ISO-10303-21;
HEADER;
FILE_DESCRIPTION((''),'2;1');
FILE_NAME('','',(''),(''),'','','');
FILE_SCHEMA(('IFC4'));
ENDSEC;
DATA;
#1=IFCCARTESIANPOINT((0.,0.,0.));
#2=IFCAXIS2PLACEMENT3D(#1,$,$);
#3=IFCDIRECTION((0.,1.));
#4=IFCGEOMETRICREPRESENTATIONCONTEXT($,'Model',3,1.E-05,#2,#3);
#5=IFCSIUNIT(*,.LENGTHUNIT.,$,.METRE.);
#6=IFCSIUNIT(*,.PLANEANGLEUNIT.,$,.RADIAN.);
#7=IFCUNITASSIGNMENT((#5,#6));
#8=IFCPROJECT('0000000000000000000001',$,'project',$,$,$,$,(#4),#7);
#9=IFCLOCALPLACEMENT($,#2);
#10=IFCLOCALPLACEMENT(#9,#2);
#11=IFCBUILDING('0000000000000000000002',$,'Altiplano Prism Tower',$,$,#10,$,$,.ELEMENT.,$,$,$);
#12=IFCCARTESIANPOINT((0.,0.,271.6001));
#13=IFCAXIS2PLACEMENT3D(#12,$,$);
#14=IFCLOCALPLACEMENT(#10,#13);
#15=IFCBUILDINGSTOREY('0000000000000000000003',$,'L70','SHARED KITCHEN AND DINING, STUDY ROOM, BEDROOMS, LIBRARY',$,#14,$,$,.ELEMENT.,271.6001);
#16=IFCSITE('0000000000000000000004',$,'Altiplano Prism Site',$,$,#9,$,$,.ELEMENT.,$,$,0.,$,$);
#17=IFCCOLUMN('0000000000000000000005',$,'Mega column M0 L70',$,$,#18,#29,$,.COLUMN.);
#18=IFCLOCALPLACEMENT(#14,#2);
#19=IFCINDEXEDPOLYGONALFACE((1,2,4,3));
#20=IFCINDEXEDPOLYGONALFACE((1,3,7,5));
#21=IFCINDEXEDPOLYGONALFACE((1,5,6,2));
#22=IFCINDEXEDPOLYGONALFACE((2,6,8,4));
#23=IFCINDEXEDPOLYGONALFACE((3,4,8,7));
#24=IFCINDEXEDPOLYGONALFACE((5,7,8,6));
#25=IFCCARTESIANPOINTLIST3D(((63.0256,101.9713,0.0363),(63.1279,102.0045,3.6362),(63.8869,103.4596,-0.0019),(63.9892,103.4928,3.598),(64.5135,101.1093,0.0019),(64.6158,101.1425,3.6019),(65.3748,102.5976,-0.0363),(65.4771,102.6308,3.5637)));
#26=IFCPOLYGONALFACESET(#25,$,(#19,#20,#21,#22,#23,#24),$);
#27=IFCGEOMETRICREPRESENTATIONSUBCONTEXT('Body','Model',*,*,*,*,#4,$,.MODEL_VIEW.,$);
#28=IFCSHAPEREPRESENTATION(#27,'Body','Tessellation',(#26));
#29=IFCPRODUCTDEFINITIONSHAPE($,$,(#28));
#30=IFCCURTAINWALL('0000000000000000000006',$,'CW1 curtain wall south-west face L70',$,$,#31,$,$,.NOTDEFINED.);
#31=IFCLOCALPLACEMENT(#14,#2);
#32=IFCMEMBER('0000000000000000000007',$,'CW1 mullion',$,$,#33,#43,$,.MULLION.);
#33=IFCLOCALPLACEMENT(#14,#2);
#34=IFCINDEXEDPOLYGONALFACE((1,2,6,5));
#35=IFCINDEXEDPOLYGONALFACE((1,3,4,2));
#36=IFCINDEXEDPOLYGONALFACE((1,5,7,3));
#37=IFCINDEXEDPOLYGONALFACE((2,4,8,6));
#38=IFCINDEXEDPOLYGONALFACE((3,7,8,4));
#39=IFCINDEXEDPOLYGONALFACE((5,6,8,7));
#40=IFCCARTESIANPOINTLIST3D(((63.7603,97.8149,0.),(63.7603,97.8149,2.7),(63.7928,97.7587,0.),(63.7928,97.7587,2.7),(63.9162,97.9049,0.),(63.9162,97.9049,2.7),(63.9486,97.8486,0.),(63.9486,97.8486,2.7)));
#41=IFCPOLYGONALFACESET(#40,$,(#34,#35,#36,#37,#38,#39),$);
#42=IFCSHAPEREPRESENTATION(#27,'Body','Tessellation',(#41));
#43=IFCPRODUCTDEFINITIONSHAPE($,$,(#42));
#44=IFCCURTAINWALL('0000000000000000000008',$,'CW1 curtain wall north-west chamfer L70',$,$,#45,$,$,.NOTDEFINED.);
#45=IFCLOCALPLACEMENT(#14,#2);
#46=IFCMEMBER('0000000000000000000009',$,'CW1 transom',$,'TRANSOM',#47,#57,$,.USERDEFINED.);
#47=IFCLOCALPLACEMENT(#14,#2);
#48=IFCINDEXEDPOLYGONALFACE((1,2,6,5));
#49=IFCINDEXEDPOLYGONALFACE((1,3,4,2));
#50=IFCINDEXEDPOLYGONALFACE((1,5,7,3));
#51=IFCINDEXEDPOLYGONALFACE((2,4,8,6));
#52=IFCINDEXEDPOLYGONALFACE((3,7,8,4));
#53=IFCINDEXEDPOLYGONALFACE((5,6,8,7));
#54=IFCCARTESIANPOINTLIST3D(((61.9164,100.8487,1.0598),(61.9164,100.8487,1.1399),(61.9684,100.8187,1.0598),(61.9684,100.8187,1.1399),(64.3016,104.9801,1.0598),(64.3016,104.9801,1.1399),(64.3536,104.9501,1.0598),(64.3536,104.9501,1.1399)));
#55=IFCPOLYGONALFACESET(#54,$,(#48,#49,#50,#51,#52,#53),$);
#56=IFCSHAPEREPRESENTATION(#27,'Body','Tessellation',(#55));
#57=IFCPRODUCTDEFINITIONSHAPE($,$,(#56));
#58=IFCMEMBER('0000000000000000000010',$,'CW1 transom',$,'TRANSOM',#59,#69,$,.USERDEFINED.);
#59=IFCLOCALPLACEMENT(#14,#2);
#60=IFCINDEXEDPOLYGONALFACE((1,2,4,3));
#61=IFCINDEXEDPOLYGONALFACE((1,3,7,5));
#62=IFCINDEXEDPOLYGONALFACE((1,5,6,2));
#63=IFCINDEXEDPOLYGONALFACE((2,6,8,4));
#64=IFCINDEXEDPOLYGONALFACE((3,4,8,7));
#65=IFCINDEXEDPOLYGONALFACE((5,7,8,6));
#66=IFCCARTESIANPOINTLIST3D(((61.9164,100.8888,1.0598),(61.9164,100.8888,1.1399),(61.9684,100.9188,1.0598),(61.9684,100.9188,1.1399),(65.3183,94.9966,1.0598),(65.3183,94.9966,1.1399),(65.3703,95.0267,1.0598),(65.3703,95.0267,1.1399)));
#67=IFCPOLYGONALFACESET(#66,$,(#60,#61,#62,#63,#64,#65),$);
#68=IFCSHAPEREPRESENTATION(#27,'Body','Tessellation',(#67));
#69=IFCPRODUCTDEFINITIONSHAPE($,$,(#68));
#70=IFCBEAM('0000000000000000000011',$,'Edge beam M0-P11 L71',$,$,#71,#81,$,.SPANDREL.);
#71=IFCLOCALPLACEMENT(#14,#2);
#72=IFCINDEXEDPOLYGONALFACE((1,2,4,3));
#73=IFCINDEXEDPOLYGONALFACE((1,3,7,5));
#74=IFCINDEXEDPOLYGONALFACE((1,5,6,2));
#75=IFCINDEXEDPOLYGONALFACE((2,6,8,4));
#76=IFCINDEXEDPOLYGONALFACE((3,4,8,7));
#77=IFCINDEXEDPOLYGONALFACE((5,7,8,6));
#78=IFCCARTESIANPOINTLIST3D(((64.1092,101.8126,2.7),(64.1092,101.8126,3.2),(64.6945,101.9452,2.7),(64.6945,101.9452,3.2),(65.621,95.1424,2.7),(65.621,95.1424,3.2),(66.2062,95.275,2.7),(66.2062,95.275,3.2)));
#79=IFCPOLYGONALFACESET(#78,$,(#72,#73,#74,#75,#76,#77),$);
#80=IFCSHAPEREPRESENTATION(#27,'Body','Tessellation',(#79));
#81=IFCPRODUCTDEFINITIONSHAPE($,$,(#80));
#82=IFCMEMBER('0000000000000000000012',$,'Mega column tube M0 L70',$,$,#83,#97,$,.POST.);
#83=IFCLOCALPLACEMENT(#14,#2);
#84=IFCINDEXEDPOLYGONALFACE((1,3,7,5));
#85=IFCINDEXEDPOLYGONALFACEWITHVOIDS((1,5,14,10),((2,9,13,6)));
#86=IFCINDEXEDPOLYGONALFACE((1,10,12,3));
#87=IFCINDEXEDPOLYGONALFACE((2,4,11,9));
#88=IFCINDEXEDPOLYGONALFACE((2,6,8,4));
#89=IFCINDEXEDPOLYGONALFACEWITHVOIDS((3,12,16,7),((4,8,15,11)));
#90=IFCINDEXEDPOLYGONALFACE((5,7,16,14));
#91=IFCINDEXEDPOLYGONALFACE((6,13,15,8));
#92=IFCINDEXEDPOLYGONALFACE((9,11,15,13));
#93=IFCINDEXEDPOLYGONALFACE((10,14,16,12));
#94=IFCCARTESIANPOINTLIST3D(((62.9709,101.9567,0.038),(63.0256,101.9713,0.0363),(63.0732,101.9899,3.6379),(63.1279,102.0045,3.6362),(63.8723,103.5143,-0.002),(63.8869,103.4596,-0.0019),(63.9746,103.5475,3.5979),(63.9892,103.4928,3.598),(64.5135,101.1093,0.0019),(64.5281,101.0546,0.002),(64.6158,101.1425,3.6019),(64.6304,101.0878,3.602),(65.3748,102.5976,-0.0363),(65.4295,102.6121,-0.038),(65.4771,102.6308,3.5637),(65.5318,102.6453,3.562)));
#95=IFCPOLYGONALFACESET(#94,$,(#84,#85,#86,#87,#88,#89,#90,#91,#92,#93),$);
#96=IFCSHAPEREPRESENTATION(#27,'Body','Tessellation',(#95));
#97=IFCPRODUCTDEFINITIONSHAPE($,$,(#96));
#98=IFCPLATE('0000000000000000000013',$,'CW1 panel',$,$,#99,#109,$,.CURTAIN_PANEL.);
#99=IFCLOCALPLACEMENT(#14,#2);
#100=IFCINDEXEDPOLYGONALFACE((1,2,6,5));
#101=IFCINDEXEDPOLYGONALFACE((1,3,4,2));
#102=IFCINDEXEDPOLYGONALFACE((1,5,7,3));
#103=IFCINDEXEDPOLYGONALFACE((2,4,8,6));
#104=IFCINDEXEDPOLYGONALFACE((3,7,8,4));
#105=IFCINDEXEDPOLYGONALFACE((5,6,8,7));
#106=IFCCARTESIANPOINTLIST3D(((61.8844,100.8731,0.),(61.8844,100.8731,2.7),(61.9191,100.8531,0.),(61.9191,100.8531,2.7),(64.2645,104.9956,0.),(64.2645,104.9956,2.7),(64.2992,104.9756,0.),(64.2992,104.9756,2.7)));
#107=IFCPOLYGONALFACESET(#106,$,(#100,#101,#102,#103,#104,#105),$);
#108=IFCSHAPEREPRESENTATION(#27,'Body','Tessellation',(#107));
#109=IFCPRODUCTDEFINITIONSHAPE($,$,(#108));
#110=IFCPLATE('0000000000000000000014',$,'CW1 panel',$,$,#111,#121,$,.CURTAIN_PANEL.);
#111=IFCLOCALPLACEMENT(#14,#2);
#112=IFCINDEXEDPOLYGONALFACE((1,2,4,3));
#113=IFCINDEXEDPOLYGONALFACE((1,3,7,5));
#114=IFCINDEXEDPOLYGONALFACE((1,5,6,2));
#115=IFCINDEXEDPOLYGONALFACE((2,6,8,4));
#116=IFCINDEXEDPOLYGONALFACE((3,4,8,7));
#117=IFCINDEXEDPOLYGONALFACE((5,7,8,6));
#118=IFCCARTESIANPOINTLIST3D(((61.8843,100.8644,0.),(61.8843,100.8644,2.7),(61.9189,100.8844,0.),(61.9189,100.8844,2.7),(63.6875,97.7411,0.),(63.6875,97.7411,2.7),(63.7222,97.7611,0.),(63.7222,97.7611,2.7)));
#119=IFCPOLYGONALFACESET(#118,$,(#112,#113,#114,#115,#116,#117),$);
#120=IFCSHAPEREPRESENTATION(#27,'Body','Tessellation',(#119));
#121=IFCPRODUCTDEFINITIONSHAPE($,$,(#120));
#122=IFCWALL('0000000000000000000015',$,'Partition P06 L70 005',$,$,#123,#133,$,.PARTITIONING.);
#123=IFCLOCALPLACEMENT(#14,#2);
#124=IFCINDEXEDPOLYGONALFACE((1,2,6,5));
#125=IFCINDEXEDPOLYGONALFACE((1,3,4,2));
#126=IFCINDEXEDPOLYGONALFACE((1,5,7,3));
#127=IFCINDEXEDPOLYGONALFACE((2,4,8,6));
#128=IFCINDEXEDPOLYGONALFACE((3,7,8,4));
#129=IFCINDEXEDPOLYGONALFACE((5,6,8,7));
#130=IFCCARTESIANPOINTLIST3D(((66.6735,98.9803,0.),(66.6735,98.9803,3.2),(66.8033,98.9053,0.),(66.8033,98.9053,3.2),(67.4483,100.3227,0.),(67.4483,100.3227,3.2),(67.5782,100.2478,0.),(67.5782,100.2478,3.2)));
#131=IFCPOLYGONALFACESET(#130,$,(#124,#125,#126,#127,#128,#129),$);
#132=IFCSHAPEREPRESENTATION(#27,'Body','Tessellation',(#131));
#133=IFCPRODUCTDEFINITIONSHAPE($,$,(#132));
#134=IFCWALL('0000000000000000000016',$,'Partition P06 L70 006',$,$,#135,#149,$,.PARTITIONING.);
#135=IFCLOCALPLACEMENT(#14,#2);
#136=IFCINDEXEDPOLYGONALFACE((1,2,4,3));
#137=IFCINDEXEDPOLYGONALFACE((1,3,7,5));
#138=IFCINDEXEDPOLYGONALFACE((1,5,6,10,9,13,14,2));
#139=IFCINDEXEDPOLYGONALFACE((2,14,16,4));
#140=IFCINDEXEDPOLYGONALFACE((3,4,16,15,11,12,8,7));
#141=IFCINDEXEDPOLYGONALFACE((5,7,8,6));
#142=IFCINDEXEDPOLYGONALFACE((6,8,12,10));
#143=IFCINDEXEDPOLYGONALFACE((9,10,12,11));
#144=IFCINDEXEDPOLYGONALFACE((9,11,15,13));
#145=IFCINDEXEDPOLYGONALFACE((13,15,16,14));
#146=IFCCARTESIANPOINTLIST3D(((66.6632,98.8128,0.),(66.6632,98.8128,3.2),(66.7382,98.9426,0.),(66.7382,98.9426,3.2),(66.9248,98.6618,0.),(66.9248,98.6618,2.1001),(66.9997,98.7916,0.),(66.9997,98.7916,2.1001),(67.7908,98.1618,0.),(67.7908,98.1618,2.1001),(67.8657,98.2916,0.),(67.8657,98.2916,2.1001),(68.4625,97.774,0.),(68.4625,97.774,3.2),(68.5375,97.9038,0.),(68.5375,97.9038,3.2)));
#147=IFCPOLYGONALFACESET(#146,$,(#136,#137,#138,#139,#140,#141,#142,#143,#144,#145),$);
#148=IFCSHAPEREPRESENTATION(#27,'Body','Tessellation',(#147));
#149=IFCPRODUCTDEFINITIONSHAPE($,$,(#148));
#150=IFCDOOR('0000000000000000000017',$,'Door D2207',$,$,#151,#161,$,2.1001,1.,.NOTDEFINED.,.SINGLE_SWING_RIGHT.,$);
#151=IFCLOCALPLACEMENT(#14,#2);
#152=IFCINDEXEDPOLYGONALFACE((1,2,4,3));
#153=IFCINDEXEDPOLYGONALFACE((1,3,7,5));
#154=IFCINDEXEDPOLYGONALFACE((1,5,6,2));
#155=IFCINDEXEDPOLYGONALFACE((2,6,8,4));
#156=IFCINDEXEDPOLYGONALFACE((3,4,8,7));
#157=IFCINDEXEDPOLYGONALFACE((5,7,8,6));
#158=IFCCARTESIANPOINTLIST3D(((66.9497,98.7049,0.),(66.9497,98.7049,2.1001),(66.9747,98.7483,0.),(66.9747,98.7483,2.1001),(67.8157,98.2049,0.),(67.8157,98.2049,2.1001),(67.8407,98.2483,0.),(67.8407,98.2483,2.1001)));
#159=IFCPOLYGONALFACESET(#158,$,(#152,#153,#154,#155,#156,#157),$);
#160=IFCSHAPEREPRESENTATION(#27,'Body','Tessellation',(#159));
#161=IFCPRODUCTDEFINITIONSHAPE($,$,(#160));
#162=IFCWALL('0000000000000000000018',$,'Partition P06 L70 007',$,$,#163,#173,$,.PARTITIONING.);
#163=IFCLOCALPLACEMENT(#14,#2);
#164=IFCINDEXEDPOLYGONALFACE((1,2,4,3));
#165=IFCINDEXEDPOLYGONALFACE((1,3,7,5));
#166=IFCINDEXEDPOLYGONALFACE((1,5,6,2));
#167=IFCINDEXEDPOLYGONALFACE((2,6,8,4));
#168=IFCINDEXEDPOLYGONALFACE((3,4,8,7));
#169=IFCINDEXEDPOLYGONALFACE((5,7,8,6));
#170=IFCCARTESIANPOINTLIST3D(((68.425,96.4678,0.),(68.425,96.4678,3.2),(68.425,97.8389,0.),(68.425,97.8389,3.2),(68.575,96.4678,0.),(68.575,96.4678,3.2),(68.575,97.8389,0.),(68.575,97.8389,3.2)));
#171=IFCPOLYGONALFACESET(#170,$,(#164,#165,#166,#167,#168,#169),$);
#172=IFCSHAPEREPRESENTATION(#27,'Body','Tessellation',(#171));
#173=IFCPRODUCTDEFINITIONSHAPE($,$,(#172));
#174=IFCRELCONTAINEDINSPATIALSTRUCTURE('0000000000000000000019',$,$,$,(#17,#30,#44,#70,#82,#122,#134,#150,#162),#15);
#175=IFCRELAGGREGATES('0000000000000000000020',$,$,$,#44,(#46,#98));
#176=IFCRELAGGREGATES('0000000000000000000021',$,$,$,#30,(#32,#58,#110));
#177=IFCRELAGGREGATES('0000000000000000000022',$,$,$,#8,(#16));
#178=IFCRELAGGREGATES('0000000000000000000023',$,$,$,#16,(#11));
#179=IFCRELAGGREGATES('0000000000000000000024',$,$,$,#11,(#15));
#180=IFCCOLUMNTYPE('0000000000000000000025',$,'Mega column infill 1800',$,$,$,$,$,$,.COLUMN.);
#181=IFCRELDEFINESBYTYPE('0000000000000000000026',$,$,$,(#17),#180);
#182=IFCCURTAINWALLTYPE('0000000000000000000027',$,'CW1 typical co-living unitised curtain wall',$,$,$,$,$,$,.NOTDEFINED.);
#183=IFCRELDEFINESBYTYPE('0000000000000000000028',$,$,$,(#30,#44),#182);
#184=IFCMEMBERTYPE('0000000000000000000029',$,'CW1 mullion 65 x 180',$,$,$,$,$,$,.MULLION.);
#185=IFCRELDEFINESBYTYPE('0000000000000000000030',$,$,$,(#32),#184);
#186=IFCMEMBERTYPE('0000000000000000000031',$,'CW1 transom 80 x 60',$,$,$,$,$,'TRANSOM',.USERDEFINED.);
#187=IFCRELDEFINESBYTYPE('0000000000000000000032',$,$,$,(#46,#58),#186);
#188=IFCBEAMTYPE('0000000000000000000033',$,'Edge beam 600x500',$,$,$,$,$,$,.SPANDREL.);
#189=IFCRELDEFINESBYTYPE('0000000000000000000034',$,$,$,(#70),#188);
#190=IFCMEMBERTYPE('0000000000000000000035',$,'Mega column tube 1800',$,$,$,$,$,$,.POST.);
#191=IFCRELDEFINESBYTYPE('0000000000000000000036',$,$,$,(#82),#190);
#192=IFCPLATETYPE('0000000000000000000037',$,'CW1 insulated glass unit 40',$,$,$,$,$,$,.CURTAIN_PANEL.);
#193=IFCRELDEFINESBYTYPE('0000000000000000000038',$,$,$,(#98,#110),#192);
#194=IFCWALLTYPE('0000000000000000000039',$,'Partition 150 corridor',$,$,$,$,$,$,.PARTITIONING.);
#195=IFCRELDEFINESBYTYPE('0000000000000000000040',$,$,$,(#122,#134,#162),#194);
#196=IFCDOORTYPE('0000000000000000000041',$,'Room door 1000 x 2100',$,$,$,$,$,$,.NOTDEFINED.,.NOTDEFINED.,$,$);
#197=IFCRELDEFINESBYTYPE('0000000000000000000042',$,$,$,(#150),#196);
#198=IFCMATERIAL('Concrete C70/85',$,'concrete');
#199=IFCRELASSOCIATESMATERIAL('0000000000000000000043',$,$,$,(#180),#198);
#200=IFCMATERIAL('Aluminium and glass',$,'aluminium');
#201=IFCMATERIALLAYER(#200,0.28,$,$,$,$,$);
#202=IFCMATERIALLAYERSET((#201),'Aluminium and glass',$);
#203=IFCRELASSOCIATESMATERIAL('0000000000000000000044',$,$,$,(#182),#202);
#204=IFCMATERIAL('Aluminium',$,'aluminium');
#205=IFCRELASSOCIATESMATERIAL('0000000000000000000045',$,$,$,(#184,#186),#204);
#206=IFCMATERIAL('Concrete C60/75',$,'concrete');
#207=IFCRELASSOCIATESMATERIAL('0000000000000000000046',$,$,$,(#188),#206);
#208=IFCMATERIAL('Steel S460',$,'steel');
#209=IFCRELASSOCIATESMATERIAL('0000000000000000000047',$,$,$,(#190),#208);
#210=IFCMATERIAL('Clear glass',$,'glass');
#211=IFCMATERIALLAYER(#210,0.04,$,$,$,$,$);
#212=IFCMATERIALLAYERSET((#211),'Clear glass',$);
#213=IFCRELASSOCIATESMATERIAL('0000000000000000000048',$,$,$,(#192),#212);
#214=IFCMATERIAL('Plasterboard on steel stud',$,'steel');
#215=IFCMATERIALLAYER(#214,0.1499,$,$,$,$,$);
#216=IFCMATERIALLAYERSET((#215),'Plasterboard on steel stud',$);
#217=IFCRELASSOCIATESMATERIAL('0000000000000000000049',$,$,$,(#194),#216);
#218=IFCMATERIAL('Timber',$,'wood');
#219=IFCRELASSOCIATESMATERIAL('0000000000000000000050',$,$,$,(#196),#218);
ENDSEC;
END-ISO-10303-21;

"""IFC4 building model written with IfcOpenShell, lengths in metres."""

from ifc_helpers import new_model, si_unit, direction, frame, frame_2d, origin, origin_2d, place, context, subcontext, project, spatial, rectangle, hollow_rectangle, extrude, material, layer, layer_set, material_profile, profile_set, type_object, element, fill, aggregate, save


model = new_model("IFC4")

# Units and contexts
model_context = context("Model", 3, precision=1e-05, world=origin(), true_north=direction((0.0, 1.0)))
body_context = subcontext(model_context, "Body", "Model", "MODEL_VIEW")
ifc_project = project(units=[si_unit("LENGTHUNIT", "METRE"), si_unit("PLANEANGLEUNIT", "RADIAN")], contexts=[model_context])

# Site, building, storey
site_placement = place(None, origin())
site = spatial("IfcSite", under=ifc_project, at=site_placement, Name="Altiplano Prism Site", CompositionType="ELEMENT", RefElevation=0.0)
building_placement = place(site_placement, origin())
building = spatial("IfcBuilding", under=site, at=building_placement, Name="Altiplano Prism Tower", CompositionType="ELEMENT")
storey_placement = place(building_placement, frame((0.0, 0.0, 271.6001)))
storey = spatial("IfcBuildingStorey", under=building, at=storey_placement, Name="L70", Description="SHARED KITCHEN AND DINING, STUDY ROOM, BEDROOMS, LIBRARY", CompositionType="ELEMENT", Elevation=271.6001)

# Column
ifc_material_1 = material(Name="Concrete C70/85", Category="concrete")
ifc_material_profile_1 = material_profile(ifc_material_1, rectangle(XDim=1.72, YDim=1.72, at=origin_2d()), Name="Mega column infill 1800")
ifc_profile_set_1 = profile_set([ifc_material_profile_1], Name="Concrete C70/85")
column_type = type_object("IfcColumnType", Name="Mega column infill 1800", PredefinedType="COLUMN", material=ifc_profile_set_1)
column_placement = place(storey_placement, frame((64.2002, 102.2844, 0.0), z_axis=(0.028404, 0.009219, 0.999554), x_axis=(-0.865117, 0.501173, 0.019961)))
element("IfcColumn", 1, at=column_placement, inside=storey, type_object=column_type, Name="Mega column M0 L70", PredefinedType="COLUMN", context=body_context, shape_type="SweptSolid", body=[
    extrude(rectangle(XDim=1.72, YDim=1.72, at=origin_2d()), origin(), (0.0, 0.0, 1.0), 3.6016),
])

# Curtain walls, members
ifc_material_2 = material(Name="Aluminium and glass", Category="aluminium")
ifc_layer_1 = layer(ifc_material_2, 0.28)
ifc_layer_set_1 = layer_set([ifc_layer_1], Name="Aluminium and glass")
curtain_wall_type = type_object("IfcCurtainWallType", Name="CW1 typical co-living unitised curtain wall", PredefinedType="NOTDEFINED", material=ifc_layer_set_1)
curtain_wall_1_placement = place(storey_placement, origin())
curtain_wall_1 = element("IfcCurtainWall", 2, at=curtain_wall_1_placement, inside=storey, type_object=curtain_wall_type, Name="CW1 curtain wall south-west face L70", PredefinedType="NOTDEFINED")
ifc_material_3 = material(Name="Aluminium", Category="aluminium")
ifc_material_profile_2 = material_profile(ifc_material_3, rectangle(XDim=0.1799, YDim=0.0649, at=origin_2d()), Name="CW1 mullion 65 x 180")
ifc_profile_set_2 = profile_set([ifc_material_profile_2], Name="Aluminium")
member_type_1 = type_object("IfcMemberType", Name="CW1 mullion 65 x 180", PredefinedType="MULLION", material=ifc_profile_set_2)
member_1_placement = place(storey_placement, frame((63.8545, 97.8318, 0.0), z_axis=(0.0, 0.0, 1.0), x_axis=(0.866025, 0.5, 0.0)))
member_1 = element("IfcMember", 3, at=member_1_placement, type_object=member_type_1, Name="CW1 mullion", PredefinedType="MULLION", context=body_context, shape_type="SweptSolid", body=[
    extrude(rectangle(XDim=0.1799, YDim=0.0649, at=origin_2d()), origin(), (0.0, 0.0, 1.0), 2.7),
])
curtain_wall_2_placement = place(storey_placement, origin())
curtain_wall_2 = element("IfcCurtainWall", 4, at=curtain_wall_2_placement, inside=storey, type_object=curtain_wall_type, Name="CW1 curtain wall north-west chamfer L70", PredefinedType="NOTDEFINED")
ifc_material_profile_3 = material_profile(ifc_material_3, rectangle(XDim=0.0601, YDim=0.0801, at=origin_2d()), Name="CW1 transom 80 x 60")
ifc_profile_set_3 = profile_set([ifc_material_profile_3], Name="Aluminium")
member_type_2 = type_object("IfcMemberType", Name="CW1 transom 80 x 60", ElementType="TRANSOM", PredefinedType="USERDEFINED", material=ifc_profile_set_3)
member_2_placement = place(storey_placement, frame((64.3276, 104.9651, 1.0999), z_axis=(-0.500003, -0.866024, 0.0), x_axis=(0.866024, -0.500003, 0.0)))
member_2 = element("IfcMember", 5, at=member_2_placement, type_object=member_type_2, Name="CW1 transom", ObjectType="TRANSOM", PredefinedType="USERDEFINED", context=body_context, shape_type="SweptSolid", body=[
    extrude(rectangle(XDim=0.0601, YDim=0.0801, at=origin_2d()), origin(), (0.0, 0.0, 1.0), 4.7705),
])

# Member
member_3_placement = place(storey_placement, frame((61.9424, 100.9038, 1.0999), z_axis=(0.500006, -0.866022, 0.0), x_axis=(0.866022, 0.500006, 0.0)))
member_3 = element("IfcMember", 6, at=member_3_placement, type_object=member_type_2, Name="CW1 transom", ObjectType="TRANSOM", PredefinedType="USERDEFINED", context=body_context, shape_type="SweptSolid", body=[
    extrude(rectangle(XDim=0.0601, YDim=0.0801, at=origin_2d()), origin(), (0.0, 0.0, 1.0), 6.8037),
])

# Beam
ifc_material_4 = material(Name="Concrete C60/75", Category="concrete")
ifc_material_profile_4 = material_profile(ifc_material_4, rectangle(XDim=0.6001, YDim=0.5, at=origin_2d()), Name="Edge beam 600x500")
ifc_profile_set_4 = profile_set([ifc_material_profile_4], Name="Concrete C60/75")
beam_type = type_object("IfcBeamType", Name="Edge beam 600x500", PredefinedType="SPANDREL", material=ifc_profile_set_4)
beam_placement = place(storey_placement, frame((64.4019, 101.8789, 2.95), z_axis=(0.221033, -0.975266, 0.0), x_axis=(0.975266, 0.221033, 0.0)))
element("IfcBeam", 7, at=beam_placement, inside=storey, type_object=beam_type, Name="Edge beam M0-P11 L71", PredefinedType="SPANDREL", context=body_context, shape_type="SweptSolid", body=[
    extrude(rectangle(XDim=0.6001, YDim=0.5, at=origin_2d()), origin(), (0.0, 0.0, 1.0), 6.8394),
])

# Member
ifc_material_5 = material(Name="Steel S460", Category="steel")
ifc_material_profile_5 = material_profile(ifc_material_5, hollow_rectangle(XDim=1.8, YDim=1.8, WallThickness=0.04, at=origin_2d()), Name="Mega column tube 1800")
ifc_profile_set_5 = profile_set([ifc_material_profile_5], Name="Steel S460")
member_type_3 = type_object("IfcMemberType", Name="Mega column tube 1800", PredefinedType="POST", material=ifc_profile_set_5)
member_4_placement = place(storey_placement, frame((64.2002, 102.2844, 0.0), z_axis=(0.028404, 0.009219, 0.999554), x_axis=(-0.865117, 0.501173, 0.019961)))
element("IfcMember", 8, at=member_4_placement, inside=storey, type_object=member_type_3, Name="Mega column tube M0 L70", PredefinedType="POST", context=body_context, shape_type="SweptSolid", body=[
    extrude(hollow_rectangle(XDim=1.8, YDim=1.8, WallThickness=0.04, at=origin_2d()), origin(), (0.0, 0.0, 1.0), 3.6016),
])

# Plates
ifc_material_6 = material(Name="Clear glass", Category="glass")
ifc_layer_2 = layer(ifc_material_6, 0.04)
ifc_layer_set_2 = layer_set([ifc_layer_2], Name="Clear glass")
plate_type = type_object("IfcPlateType", Name="CW1 insulated glass unit 40", PredefinedType="CURTAIN_PANEL", material=ifc_layer_set_2)
plate_1_placement = place(storey_placement, frame((63.0918, 102.9243, 0.0), z_axis=(0.0, 0.0, 1.0), x_axis=(-0.5, -0.866025, 0.0)))
plate_1 = element("IfcPlate", 9, at=plate_1_placement, type_object=plate_type, Name="CW1 panel", PredefinedType="CURTAIN_PANEL", context=body_context, shape_type="SweptSolid", body=[
    extrude(rectangle(XDim=4.7603, YDim=0.04, at=origin_2d()), origin(), (0.0, 0.0, 1.0), 2.7),
])
aggregate(curtain_wall_2, [member_2, plate_1])
plate_2_placement = place(storey_placement, frame((62.8032, 99.3127, 0.0), z_axis=(0.0, 0.0, 1.0), x_axis=(0.5, -0.866025, 0.0)))
plate_2 = element("IfcPlate", 10, at=plate_2_placement, type_object=plate_type, Name="CW1 panel", PredefinedType="CURTAIN_PANEL", context=body_context, shape_type="SweptSolid", body=[
    extrude(rectangle(XDim=3.6064, YDim=0.04, at=origin_2d()), origin(), (0.0, 0.0, 1.0), 2.7),
])
aggregate(curtain_wall_1, [member_1, member_3, plate_2])

# Wall
ifc_material_7 = material(Name="Plasterboard on steel stud", Category="steel")
ifc_layer_3 = layer(ifc_material_7, 0.1499)
ifc_layer_set_3 = layer_set([ifc_layer_3], Name="Plasterboard on steel stud")
wall_type_1 = type_object("IfcWallType", Name="Partition 150 corridor", PredefinedType="PARTITIONING", material=ifc_layer_set_3)
wall_1_placement = place(storey_placement, frame((67.5132, 100.2852, 0.0), z_axis=(0.0, 0.0, 1.0), x_axis=(-0.4999, -0.866083, 0.0)))
element("IfcWall", 11, at=wall_1_placement, inside=storey, type_object=wall_type_1, Name="Partition P06 L70 005", PredefinedType="PARTITIONING", context=body_context, shape_type="SweptSolid", body=[
    extrude(rectangle(XDim=1.55, YDim=0.1499, at=frame_2d((0.7749, 0.0))), origin(), (0.0, 0.0, 1.0), 3.2),
])

# Wall, opening, door
wall_2_placement = place(storey_placement, frame((66.7007, 98.8777, 0.0), z_axis=(0.0, 0.0, 1.0), x_axis=(0.866029, -0.499994, 0.0)))
wall_2 = element("IfcWall", 12, at=wall_2_placement, inside=storey, type_object=wall_type_1, Name="Partition P06 L70 006", PredefinedType="PARTITIONING", context=body_context, shape_type="SweptSolid", body=[
    extrude(rectangle(XDim=2.0776, YDim=0.1499, at=frame_2d((1.0388, 0.0))), origin(), (0.0, 0.0, 1.0), 3.2),
])
opening_placement = place(wall_2_placement, frame((0.302, 0.0, 0.0)))
opening = element("IfcOpeningElement", 13, at=opening_placement, cuts=wall_2, PredefinedType="OPENING", context=body_context, shape_type="SweptSolid", body=[
    extrude(rectangle(XDim=1.0, YDim=2.1001, at=frame_2d((0.5, 1.05))), frame((0.0, 0.0854, 0.0), z_axis=(0.0, -1.0, 0.0), x_axis=(1.0, 0.0, 0.0)), (0.0, 0.0, 1.0), 0.1709),
])
ifc_material_8 = material(Name="Timber", Category="wood")
door_type = type_object("IfcDoorType", Name="Room door 1000 x 2100", OperationType="NOTDEFINED", PredefinedType="NOTDEFINED", material=ifc_material_8)
door_placement = place(opening_placement, origin())
door = element("IfcDoor", 14, at=door_placement, inside=storey, type_object=door_type, Name="Door D2207", OperationType="SINGLE_SWING_RIGHT", OverallHeight=2.1001, OverallWidth=1.0, PredefinedType="NOTDEFINED", context=body_context, shape_type="SweptSolid", body=[
    extrude(rectangle(XDim=1.0, YDim=2.1001, at=frame_2d((0.5, 1.05))), frame((0.0, 0.0249, 0.0), z_axis=(0.0, -1.0, 0.0), x_axis=(1.0, 0.0, 0.0)), (0.0, 0.0, 1.0), 0.05),
])
fill(opening, door)

# Wall
wall_3_placement = place(storey_placement, frame((68.5, 97.8389, 0.0), z_axis=(0.0, 0.0, 1.0), x_axis=(0.0, -1.0, 0.0)))
element("IfcWall", 15, at=wall_3_placement, inside=storey, type_object=wall_type_1, Name="Partition P06 L70 007", PredefinedType="PARTITIONING", context=body_context, shape_type="SweptSolid", body=[
    extrude(rectangle(XDim=1.3711, YDim=0.1499, at=frame_2d((0.6855, 0.0))), origin(), (0.0, 0.0, 1.0), 3.2),
])

save(model, "model.ifc")
